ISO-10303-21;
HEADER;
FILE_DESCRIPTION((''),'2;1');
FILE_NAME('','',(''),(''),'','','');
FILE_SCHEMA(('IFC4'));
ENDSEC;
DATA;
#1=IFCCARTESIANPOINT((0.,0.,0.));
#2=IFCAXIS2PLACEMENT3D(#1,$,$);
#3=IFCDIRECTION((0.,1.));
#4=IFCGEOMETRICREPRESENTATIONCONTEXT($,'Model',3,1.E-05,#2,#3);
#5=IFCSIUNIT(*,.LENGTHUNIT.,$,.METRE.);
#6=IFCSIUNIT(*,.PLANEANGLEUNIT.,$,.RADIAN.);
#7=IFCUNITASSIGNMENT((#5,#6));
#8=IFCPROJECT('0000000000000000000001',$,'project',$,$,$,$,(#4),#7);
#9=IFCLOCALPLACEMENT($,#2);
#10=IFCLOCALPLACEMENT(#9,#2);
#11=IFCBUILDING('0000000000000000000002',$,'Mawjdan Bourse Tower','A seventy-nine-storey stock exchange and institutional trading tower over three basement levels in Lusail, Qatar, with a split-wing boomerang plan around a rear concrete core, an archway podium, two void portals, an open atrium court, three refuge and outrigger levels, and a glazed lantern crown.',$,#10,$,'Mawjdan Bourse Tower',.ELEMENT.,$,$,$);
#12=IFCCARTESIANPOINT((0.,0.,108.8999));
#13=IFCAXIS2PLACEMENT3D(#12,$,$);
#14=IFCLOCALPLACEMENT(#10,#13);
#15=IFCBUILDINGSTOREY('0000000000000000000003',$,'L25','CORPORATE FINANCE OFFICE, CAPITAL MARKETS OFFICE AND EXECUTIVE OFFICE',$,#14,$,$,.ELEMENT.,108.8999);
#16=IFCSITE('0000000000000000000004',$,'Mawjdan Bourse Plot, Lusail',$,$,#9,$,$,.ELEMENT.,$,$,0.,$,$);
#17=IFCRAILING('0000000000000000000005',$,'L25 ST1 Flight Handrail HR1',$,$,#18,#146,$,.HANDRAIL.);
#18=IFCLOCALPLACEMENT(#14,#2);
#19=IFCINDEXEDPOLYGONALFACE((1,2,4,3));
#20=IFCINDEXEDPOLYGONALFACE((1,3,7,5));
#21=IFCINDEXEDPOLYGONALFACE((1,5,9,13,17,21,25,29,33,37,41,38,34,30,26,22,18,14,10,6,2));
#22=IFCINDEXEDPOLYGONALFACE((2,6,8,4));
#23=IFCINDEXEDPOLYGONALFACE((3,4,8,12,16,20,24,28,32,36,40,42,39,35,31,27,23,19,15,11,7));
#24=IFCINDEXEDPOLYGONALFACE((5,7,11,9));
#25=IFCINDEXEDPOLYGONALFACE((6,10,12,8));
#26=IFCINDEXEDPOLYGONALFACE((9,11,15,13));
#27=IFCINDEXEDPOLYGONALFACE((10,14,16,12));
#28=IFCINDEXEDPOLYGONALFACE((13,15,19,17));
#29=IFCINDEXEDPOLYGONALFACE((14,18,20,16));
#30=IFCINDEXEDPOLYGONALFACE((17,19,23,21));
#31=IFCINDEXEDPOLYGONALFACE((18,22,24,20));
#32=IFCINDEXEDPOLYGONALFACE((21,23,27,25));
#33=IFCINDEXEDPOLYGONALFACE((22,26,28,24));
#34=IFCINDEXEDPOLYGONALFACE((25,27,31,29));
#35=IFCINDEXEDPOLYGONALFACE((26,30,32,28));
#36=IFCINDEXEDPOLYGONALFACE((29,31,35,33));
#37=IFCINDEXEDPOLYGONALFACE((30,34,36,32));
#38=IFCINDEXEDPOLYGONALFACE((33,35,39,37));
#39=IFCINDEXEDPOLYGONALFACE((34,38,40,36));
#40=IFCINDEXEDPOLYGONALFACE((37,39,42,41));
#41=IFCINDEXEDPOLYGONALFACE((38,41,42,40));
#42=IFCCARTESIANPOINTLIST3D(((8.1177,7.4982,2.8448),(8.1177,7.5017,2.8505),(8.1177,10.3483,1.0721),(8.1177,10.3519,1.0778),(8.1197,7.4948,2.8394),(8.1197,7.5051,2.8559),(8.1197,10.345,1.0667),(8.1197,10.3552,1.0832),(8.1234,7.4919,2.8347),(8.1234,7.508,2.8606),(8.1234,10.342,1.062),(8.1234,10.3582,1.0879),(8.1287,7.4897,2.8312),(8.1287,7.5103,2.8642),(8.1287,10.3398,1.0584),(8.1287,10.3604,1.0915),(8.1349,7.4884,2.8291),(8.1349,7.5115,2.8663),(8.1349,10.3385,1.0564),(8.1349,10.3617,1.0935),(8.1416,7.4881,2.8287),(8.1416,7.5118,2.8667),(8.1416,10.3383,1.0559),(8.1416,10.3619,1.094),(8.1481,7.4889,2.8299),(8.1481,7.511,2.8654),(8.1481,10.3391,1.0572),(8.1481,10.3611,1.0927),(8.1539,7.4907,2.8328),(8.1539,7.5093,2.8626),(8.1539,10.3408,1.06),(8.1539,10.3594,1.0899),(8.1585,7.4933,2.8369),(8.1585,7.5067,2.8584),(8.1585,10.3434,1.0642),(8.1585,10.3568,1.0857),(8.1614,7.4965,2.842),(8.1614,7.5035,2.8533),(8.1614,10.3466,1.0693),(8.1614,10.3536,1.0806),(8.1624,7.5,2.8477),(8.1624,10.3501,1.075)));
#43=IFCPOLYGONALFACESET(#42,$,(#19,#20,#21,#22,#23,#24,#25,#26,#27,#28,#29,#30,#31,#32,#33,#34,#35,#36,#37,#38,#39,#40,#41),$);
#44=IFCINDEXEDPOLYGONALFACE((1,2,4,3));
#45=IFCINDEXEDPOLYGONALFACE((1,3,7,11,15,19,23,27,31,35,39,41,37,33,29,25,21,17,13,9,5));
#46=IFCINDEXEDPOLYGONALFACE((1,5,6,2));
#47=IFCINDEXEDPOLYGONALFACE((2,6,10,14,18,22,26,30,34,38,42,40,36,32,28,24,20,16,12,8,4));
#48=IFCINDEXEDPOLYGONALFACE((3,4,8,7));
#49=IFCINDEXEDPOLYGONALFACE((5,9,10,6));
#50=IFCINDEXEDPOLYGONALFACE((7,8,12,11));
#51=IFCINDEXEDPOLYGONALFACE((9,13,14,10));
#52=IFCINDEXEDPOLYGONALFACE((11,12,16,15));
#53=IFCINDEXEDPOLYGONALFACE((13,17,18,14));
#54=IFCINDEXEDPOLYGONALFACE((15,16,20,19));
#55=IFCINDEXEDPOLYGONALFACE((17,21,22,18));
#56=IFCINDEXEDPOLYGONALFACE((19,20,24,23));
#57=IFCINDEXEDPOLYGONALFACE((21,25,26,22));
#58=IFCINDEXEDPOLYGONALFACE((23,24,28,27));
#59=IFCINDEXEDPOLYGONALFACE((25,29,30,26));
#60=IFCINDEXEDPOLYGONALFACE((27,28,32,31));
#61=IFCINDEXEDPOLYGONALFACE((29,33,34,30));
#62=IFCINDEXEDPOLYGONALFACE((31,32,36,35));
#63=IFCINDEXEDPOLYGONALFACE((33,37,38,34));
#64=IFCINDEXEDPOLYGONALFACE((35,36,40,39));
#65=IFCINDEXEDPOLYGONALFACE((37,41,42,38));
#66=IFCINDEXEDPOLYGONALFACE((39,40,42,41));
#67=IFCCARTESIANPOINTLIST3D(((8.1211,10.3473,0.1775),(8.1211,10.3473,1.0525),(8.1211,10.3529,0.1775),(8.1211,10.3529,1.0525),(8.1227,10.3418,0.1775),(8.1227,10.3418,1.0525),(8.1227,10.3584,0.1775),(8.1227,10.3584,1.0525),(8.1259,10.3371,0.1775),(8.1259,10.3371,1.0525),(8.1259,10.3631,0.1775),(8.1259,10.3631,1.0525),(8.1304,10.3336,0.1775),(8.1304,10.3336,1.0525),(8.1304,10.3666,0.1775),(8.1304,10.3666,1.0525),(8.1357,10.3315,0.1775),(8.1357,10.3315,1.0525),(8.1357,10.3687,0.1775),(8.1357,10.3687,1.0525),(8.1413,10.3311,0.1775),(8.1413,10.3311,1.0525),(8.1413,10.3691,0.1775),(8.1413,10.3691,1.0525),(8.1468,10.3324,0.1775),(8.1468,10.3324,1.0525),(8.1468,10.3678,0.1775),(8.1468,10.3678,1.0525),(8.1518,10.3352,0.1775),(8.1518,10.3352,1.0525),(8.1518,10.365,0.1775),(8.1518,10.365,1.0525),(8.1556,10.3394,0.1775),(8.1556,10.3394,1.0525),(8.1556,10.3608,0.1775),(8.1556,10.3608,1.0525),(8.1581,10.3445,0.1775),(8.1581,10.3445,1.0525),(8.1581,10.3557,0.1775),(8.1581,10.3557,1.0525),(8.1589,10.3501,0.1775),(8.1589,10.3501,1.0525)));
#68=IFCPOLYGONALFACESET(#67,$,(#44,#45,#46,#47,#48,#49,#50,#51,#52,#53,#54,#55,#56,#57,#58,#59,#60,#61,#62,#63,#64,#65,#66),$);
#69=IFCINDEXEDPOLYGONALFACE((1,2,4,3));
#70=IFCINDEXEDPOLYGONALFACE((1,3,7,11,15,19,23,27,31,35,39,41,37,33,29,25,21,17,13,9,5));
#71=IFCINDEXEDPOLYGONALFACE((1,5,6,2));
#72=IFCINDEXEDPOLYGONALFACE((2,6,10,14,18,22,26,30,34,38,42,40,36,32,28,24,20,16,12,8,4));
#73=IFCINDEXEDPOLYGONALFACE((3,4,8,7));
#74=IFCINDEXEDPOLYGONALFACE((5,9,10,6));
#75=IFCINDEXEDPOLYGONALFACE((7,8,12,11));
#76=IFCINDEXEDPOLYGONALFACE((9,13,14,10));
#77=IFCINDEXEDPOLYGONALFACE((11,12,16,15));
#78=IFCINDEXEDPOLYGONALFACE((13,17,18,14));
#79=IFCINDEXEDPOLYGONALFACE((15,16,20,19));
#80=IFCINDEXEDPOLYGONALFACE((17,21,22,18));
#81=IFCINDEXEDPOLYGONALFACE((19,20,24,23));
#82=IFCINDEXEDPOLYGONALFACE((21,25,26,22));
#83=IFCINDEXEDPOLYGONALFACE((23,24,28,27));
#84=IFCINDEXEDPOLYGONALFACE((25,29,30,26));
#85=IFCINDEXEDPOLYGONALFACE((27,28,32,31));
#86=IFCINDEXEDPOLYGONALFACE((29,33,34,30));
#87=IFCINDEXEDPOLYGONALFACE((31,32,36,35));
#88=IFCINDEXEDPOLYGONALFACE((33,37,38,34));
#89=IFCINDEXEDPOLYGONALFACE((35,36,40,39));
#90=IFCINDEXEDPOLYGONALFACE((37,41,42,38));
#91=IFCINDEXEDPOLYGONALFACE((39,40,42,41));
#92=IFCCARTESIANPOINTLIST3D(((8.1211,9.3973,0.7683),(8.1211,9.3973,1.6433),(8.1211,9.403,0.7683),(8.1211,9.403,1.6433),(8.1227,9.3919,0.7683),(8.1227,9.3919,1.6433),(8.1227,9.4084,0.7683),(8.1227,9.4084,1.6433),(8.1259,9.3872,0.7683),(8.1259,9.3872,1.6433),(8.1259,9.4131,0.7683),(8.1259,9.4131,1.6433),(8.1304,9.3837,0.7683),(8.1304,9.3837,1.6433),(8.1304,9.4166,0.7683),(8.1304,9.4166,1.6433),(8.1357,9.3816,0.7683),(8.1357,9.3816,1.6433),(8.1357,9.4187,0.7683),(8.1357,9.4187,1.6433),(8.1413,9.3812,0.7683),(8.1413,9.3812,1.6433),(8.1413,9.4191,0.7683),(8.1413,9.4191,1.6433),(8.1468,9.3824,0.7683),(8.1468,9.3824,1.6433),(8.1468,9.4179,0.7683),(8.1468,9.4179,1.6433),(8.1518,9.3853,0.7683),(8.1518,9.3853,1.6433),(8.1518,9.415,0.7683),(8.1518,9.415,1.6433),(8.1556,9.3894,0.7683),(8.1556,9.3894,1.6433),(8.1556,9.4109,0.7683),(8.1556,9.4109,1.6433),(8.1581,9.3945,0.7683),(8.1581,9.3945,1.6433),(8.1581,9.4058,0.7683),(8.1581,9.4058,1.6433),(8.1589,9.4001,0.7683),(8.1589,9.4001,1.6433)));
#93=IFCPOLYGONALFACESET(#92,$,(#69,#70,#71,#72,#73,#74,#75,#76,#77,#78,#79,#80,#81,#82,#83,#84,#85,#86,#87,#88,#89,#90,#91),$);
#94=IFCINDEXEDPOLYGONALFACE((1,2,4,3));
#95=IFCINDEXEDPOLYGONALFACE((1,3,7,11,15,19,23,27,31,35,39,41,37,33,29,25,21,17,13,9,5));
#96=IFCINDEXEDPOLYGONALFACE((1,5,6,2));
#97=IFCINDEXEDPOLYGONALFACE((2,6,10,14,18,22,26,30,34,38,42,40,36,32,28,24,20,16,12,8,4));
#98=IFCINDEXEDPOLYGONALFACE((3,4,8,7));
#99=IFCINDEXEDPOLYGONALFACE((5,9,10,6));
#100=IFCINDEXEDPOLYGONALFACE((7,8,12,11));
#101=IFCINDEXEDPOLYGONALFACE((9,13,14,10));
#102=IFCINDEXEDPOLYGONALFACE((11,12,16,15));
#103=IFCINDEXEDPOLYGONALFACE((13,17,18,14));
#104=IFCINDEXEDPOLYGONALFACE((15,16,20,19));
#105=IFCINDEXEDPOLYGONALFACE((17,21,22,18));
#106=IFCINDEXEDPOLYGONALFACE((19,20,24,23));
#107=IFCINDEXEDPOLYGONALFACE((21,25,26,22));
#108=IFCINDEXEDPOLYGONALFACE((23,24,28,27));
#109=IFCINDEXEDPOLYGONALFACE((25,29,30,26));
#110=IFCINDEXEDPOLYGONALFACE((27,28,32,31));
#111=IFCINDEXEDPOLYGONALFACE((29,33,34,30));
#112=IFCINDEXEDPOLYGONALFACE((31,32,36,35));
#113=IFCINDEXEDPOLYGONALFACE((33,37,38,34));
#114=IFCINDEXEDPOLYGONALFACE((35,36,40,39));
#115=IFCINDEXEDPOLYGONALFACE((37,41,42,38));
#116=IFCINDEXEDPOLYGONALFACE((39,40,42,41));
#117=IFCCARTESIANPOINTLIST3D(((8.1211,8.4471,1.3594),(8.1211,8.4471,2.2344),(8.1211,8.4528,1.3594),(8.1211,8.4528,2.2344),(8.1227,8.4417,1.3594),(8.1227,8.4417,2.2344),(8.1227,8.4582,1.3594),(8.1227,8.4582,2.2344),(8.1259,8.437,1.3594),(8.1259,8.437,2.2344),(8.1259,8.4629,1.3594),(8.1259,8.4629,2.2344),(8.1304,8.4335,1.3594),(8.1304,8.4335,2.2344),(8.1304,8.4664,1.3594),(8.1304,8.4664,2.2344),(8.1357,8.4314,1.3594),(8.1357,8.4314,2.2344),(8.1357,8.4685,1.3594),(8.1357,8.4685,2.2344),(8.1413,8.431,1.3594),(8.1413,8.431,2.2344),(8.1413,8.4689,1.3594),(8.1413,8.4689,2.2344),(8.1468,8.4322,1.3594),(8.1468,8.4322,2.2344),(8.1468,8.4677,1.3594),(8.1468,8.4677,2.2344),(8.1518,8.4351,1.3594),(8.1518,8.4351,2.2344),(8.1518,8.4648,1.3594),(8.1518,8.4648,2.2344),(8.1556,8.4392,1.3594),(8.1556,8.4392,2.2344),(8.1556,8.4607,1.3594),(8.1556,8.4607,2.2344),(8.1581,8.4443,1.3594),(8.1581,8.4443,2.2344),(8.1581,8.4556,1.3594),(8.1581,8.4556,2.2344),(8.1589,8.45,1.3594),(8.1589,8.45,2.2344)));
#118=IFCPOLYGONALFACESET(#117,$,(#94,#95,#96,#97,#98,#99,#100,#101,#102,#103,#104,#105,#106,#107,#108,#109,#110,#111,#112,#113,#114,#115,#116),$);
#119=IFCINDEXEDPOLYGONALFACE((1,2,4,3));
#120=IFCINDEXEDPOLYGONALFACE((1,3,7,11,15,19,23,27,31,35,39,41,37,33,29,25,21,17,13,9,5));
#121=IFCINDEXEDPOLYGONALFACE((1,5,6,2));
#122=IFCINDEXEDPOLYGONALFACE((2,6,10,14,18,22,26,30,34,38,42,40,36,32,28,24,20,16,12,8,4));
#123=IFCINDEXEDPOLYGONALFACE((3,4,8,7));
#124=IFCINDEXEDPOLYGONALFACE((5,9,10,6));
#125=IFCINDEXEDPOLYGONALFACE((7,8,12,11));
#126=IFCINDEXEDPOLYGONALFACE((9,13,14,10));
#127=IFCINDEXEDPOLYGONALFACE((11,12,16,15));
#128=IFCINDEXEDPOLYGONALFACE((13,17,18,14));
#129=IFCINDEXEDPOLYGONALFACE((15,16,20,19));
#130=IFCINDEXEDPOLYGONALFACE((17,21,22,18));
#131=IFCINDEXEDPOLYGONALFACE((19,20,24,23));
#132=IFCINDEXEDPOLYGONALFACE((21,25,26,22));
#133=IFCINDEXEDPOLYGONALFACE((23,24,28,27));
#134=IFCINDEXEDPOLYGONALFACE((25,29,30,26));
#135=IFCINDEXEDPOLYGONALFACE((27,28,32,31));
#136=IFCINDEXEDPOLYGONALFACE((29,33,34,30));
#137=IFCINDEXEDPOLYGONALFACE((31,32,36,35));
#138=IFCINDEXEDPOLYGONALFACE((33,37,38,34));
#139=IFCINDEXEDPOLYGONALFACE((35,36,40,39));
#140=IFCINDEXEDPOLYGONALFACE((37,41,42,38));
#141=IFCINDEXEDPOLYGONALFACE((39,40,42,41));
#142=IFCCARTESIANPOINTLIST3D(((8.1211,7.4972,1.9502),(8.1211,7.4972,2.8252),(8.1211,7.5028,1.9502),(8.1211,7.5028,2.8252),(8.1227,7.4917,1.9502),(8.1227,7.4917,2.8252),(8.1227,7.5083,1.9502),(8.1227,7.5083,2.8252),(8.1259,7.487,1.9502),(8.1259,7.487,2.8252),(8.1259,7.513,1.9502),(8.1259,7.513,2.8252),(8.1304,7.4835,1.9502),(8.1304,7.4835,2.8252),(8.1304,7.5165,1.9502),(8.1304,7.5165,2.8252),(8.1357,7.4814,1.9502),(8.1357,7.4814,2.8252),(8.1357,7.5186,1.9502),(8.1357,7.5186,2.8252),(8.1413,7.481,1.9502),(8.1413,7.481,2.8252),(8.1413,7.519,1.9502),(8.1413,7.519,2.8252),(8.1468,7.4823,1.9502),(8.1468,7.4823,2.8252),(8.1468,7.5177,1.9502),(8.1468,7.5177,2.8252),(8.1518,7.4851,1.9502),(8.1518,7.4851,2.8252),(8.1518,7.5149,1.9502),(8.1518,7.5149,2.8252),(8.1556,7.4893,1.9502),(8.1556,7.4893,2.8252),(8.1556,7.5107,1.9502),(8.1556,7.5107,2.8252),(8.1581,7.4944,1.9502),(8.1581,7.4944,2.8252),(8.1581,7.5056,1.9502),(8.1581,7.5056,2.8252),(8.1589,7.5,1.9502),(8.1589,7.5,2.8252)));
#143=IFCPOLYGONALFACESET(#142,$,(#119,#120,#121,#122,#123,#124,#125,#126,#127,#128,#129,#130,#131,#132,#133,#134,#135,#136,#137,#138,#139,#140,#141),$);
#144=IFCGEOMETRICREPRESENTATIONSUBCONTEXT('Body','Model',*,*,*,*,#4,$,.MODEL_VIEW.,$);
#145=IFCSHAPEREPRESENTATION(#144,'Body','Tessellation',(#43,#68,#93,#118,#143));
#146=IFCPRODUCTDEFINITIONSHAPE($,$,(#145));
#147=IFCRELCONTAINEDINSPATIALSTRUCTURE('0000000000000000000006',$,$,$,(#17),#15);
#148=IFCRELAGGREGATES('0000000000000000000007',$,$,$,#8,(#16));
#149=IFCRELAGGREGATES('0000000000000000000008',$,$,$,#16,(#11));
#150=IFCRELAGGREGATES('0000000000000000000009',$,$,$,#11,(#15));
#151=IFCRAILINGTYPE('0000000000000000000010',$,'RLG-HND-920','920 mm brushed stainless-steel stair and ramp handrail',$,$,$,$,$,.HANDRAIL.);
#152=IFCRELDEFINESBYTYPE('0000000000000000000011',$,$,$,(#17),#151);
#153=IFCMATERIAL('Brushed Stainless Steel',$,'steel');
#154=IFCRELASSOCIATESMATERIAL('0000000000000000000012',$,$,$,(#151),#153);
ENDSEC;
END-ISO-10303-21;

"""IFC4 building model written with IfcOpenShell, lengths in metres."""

from ifc_helpers import new_model, si_unit, direction, frame, origin, origin_2d, place, context, subcontext, project, spatial, circle, extrude, material, type_object, element, save


model = new_model("IFC4")

# Units and contexts
model_context = context("Model", 3, precision=1e-05, world=origin(), true_north=direction((0.0, 1.0)))
body_context = subcontext(model_context, "Body", "Model", "MODEL_VIEW")
ifc_project = project(units=[si_unit("LENGTHUNIT", "METRE"), si_unit("PLANEANGLEUNIT", "RADIAN")], contexts=[model_context])

# Site, building, storey
site_placement = place(None, origin())
site = spatial("IfcSite", under=ifc_project, at=site_placement, Name="Mawjdan Bourse Plot, Lusail", CompositionType="ELEMENT", RefElevation=0.0)
building_placement = place(site_placement, origin())
building = spatial("IfcBuilding", under=site, at=building_placement, Name="Mawjdan Bourse Tower", Description="A seventy-nine-storey stock exchange and institutional trading tower over three basement levels in Lusail, Qatar, with a split-wing boomerang plan around a rear concrete core, an archway podium, two void portals, an open atrium court, three refuge and outrigger levels, and a glazed lantern crown.", LongName="Mawjdan Bourse Tower", CompositionType="ELEMENT")
storey_placement = place(building_placement, frame((0.0, 0.0, 108.8999)))
storey = spatial("IfcBuildingStorey", under=building, at=storey_placement, Name="L25", Description="CORPORATE FINANCE OFFICE, CAPITAL MARKETS OFFICE AND EXECUTIVE OFFICE", CompositionType="ELEMENT", Elevation=108.8999)

# Railing
ifc_material_1 = material(Name="Brushed Stainless Steel", Category="steel")
railing_type_1 = type_object("IfcRailingType", Name="RLG-HND-920", Description="920 mm brushed stainless-steel stair and ramp handrail", PredefinedType="HANDRAIL", material=ifc_material_1)
railing_1_placement = place(storey_placement, frame((8.1399, 10.3501, 0.1775)))
element("IfcRailing", 1, at=railing_1_placement, inside=storey, type_object=railing_type_1, Name="L25 ST1 Flight Handrail HR1", PredefinedType="HANDRAIL", context=body_context, shape_type="SweptSolid", body=[
    extrude(circle(Radius=0.0225, at=origin_2d()), frame((0.0, 0.0, 0.8975), z_axis=(0.0, -0.849149, 0.528154), x_axis=(1.0, 0.0, 0.0)), (0.0, 0.0, 1.0), 3.3564),
    extrude(circle(Radius=0.019, at=origin_2d()), origin(), (0.0, 0.0, 1.0), 0.875),
    extrude(circle(Radius=0.019, at=origin_2d()), frame((0.0, -0.95, 0.5908)), (0.0, 0.0, 1.0), 0.875),
    extrude(circle(Radius=0.019, at=origin_2d()), frame((0.0, -1.9001, 1.1819)), (0.0, 0.0, 1.0), 0.875),
    extrude(circle(Radius=0.019, at=origin_2d()), frame((0.0, -2.8501, 1.7727)), (0.0, 0.0, 1.0), 0.875),
])

save(model, "model.ifc")
